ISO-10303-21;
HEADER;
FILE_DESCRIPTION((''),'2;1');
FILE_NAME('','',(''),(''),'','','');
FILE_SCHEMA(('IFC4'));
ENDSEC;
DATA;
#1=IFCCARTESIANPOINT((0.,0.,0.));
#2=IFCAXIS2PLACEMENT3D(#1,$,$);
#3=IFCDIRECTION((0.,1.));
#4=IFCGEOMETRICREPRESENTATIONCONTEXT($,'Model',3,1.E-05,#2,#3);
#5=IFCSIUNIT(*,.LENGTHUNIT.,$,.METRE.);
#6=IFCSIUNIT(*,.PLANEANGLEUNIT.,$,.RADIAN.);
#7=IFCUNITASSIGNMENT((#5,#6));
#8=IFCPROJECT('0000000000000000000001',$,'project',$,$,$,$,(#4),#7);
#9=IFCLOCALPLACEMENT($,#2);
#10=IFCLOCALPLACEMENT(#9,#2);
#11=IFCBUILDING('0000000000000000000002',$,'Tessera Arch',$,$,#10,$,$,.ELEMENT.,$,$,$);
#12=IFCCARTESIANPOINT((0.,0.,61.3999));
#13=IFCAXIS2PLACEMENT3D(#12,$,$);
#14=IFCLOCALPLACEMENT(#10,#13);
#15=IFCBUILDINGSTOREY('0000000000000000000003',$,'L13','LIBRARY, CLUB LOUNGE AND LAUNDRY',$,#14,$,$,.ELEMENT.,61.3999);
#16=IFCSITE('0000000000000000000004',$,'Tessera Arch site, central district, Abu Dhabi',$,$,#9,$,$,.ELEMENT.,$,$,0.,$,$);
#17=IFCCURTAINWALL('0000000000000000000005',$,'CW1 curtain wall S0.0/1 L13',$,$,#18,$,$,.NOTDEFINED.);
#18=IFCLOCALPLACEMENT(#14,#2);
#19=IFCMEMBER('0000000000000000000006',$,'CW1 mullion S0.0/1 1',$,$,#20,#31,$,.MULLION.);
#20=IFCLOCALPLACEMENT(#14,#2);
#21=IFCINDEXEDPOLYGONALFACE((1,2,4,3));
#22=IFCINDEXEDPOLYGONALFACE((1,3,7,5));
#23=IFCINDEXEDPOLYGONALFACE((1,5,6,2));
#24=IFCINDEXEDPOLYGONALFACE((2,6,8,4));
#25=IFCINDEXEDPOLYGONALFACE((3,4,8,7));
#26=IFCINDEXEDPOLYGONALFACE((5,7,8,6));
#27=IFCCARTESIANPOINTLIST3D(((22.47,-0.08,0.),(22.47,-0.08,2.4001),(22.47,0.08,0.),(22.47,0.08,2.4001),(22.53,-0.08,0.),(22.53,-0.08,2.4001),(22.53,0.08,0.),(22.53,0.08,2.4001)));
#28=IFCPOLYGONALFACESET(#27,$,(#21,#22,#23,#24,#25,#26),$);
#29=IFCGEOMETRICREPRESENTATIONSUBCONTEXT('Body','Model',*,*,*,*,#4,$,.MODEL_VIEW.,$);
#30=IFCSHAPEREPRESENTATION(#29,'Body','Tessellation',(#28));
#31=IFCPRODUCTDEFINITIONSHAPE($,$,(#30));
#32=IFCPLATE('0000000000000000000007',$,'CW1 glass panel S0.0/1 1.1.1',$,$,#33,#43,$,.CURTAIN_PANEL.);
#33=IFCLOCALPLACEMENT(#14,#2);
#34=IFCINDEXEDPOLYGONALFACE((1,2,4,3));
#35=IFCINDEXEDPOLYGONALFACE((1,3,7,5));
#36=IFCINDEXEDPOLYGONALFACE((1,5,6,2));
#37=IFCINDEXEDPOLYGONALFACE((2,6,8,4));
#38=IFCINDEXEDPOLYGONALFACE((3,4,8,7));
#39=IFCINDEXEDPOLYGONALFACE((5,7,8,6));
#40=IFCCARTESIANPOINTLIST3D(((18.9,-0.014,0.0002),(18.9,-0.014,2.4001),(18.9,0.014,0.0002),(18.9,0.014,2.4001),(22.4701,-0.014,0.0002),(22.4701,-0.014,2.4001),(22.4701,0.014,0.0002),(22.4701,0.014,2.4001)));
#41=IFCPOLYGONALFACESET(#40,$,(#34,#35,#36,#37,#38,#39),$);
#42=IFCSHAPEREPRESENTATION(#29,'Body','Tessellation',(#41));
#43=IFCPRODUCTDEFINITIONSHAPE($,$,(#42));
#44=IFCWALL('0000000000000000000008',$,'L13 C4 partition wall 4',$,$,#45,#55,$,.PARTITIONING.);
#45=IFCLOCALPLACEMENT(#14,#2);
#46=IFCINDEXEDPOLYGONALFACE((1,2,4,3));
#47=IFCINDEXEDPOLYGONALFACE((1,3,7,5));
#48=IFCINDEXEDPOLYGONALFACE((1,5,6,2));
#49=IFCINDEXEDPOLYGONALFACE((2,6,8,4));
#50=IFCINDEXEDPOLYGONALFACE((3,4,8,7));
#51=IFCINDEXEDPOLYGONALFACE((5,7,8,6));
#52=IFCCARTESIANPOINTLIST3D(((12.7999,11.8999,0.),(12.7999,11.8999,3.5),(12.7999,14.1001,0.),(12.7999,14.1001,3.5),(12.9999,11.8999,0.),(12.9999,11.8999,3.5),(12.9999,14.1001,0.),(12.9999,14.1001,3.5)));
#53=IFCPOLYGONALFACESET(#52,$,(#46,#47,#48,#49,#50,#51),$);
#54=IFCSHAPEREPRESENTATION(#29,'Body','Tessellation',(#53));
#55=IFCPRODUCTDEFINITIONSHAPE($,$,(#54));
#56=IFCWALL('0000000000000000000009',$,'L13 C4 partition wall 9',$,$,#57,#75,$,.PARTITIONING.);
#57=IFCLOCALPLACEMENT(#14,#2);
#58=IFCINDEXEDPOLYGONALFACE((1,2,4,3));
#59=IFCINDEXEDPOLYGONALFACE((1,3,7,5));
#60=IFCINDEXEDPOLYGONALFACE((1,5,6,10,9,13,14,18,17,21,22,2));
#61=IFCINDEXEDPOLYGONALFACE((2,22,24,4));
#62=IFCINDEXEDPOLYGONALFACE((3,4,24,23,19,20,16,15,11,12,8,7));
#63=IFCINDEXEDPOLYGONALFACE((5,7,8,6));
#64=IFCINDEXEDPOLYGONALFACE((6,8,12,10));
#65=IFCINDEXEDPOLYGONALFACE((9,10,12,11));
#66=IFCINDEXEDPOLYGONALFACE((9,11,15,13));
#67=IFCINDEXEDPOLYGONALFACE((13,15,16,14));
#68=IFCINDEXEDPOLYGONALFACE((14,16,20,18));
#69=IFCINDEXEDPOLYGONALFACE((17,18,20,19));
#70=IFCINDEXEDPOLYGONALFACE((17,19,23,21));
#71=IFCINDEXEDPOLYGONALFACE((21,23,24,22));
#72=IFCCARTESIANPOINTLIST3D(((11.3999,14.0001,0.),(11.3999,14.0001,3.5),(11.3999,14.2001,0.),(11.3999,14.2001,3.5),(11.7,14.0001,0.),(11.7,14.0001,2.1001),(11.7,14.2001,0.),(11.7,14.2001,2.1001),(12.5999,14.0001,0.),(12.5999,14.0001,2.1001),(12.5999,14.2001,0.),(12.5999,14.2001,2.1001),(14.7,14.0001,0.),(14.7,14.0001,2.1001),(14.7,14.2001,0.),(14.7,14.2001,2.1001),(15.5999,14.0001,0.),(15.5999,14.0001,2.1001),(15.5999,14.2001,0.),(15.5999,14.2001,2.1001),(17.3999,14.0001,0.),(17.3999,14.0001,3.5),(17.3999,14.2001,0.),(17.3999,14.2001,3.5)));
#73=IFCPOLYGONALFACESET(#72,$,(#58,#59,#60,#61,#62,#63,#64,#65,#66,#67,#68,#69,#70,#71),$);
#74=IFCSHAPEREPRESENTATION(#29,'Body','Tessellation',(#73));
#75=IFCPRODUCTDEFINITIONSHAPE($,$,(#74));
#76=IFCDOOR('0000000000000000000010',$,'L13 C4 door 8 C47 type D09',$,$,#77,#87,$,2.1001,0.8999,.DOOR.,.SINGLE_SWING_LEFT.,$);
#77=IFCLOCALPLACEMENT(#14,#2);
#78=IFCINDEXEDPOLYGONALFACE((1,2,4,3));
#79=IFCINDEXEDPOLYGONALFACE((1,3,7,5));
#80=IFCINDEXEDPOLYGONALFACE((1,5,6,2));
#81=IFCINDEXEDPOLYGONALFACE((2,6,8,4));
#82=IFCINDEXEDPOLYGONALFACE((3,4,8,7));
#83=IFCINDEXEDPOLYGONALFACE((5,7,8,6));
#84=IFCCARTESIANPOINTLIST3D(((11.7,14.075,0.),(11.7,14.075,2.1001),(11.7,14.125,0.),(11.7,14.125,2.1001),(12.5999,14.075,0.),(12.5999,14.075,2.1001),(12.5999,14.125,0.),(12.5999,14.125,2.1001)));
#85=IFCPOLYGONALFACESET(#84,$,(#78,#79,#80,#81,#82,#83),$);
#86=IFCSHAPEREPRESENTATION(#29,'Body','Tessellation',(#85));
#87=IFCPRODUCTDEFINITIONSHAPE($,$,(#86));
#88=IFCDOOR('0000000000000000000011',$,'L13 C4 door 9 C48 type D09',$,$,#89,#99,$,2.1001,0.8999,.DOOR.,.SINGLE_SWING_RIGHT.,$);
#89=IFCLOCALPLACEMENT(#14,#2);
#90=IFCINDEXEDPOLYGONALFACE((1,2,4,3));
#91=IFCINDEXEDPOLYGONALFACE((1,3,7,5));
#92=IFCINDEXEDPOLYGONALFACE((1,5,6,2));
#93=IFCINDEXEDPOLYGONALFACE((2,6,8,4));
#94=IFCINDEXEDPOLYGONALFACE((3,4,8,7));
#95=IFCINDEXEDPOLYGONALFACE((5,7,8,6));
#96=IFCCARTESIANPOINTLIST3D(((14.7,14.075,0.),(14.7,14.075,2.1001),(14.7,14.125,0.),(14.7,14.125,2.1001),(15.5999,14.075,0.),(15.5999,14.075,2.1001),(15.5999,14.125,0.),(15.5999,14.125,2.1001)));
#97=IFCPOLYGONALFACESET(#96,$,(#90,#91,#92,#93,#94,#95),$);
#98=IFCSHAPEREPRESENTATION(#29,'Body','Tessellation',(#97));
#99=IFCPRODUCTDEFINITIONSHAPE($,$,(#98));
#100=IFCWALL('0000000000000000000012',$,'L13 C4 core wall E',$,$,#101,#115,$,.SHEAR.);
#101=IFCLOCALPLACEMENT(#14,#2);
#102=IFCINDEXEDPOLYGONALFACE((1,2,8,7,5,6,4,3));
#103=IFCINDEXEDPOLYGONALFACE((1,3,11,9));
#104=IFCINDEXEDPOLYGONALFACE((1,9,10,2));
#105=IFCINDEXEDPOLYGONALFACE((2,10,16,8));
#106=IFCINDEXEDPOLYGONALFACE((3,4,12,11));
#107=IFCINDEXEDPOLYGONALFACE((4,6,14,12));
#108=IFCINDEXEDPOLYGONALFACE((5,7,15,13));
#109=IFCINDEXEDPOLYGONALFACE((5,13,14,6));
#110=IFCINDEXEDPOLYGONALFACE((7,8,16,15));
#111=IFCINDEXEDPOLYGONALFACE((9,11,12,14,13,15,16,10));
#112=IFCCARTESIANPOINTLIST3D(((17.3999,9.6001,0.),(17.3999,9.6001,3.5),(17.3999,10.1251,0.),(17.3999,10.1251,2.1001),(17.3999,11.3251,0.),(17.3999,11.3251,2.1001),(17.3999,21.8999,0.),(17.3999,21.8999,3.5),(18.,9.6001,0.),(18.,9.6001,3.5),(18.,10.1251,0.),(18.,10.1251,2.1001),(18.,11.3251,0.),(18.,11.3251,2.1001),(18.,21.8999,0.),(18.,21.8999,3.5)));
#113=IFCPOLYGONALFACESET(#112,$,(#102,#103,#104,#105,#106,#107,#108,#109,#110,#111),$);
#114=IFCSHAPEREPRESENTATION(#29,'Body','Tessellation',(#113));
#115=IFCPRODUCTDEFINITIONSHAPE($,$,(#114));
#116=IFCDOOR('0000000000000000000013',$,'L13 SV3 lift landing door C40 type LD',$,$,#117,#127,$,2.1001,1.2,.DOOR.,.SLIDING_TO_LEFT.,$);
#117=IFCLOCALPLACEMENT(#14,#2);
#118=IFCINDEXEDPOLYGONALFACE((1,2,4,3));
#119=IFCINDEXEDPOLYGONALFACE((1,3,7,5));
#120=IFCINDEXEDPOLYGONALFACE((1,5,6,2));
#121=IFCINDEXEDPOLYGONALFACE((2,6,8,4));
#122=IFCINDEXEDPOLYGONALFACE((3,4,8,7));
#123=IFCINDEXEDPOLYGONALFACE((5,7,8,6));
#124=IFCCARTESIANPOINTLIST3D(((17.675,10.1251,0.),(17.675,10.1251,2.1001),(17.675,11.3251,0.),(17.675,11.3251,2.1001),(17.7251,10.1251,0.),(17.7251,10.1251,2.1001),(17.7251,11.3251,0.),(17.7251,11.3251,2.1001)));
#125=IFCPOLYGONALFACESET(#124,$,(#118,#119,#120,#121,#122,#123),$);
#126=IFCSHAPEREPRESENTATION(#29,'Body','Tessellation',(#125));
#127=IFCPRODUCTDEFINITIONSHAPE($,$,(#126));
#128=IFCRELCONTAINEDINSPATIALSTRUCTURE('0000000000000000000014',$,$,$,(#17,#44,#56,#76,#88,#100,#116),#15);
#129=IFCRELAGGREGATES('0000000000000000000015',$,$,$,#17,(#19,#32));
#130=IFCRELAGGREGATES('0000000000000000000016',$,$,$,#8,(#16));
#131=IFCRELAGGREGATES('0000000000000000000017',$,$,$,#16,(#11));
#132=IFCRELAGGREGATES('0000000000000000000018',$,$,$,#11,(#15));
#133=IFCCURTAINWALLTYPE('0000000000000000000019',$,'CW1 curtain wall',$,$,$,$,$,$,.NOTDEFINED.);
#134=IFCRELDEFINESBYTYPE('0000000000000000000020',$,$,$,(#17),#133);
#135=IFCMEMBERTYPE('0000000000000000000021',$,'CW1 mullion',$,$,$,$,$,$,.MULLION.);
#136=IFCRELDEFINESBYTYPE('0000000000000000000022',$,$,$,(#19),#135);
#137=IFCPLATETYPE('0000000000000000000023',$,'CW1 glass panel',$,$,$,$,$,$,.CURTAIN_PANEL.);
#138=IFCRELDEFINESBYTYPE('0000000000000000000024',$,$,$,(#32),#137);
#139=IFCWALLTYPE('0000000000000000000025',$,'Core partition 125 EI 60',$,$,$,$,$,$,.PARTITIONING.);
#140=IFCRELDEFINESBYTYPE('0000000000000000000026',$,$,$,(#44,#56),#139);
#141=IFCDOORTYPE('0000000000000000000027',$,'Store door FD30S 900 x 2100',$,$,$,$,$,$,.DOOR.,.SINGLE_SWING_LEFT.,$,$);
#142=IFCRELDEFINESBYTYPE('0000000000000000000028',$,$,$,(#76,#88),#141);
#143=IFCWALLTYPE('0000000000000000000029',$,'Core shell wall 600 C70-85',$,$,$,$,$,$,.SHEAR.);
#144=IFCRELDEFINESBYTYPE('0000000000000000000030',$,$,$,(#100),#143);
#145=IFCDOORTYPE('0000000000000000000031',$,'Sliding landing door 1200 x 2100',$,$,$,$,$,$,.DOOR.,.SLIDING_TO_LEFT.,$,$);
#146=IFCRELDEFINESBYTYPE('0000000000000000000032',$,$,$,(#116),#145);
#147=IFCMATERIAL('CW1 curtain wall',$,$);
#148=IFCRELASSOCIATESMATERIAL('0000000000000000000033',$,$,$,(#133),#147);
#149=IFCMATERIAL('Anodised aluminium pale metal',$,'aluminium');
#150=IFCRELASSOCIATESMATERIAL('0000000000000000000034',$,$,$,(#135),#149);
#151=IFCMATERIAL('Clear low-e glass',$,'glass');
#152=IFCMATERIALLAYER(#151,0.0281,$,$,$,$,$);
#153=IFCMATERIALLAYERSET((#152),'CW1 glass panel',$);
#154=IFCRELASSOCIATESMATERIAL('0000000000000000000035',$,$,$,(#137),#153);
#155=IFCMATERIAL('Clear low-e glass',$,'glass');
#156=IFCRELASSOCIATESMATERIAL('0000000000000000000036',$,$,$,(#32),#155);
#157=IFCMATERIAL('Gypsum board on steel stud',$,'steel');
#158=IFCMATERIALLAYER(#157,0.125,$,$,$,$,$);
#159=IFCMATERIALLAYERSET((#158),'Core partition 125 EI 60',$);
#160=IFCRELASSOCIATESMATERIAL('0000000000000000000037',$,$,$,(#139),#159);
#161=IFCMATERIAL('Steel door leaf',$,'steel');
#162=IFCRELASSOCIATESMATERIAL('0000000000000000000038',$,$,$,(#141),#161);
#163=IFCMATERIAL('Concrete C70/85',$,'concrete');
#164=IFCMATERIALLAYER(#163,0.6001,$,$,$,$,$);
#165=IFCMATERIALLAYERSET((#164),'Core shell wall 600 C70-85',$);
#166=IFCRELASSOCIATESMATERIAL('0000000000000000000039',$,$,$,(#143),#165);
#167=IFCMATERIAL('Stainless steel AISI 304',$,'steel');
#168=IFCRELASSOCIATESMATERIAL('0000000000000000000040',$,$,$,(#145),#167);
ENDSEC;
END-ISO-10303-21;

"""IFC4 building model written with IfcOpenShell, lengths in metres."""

from ifc_helpers import new_model, si_unit, direction, frame, frame_2d, origin, origin_2d, place, context, subcontext, project, spatial, rectangle, extrude, material, layer, layer_set, material_profile, profile_set, type_object, element, fill, aggregate, save


model = new_model("IFC4")

# Units and contexts
model_context = context("Model", 3, precision=1e-05, world=origin(), true_north=direction((0.0, 1.0)))
body_context = subcontext(model_context, "Body", "Model", "MODEL_VIEW")
ifc_project = project(units=[si_unit("LENGTHUNIT", "METRE"), si_unit("PLANEANGLEUNIT", "RADIAN")], contexts=[model_context])

# Site, building, storey
site_placement = place(None, origin())
site = spatial("IfcSite", under=ifc_project, at=site_placement, Name="Tessera Arch site, central district, Abu Dhabi", CompositionType="ELEMENT", RefElevation=0.0)
building_placement = place(site_placement, origin())
building = spatial("IfcBuilding", under=site, at=building_placement, Name="Tessera Arch", CompositionType="ELEMENT")
storey_placement = place(building_placement, frame((0.0, 0.0, 61.3999)))
storey = spatial("IfcBuildingStorey", under=building, at=storey_placement, Name="L13", Description="LIBRARY, CLUB LOUNGE AND LAUNDRY", CompositionType="ELEMENT", Elevation=61.3999)

# Curtain wall, member, plate
ifc_material_1 = material(Name="CW1 curtain wall")
curtain_wall_type = type_object("IfcCurtainWallType", Name="CW1 curtain wall", PredefinedType="NOTDEFINED", material=ifc_material_1)
curtain_wall_placement = place(storey_placement, origin())
curtain_wall = element("IfcCurtainWall", 1, at=curtain_wall_placement, inside=storey, type_object=curtain_wall_type, Name="CW1 curtain wall S0.0/1 L13", PredefinedType="NOTDEFINED")
ifc_material_2 = material(Name="Anodised aluminium pale metal", Category="aluminium")
ifc_material_profile = material_profile(ifc_material_2, rectangle(XDim=0.1599, YDim=0.0601, at=origin_2d()), Name="AL 60x160")
ifc_profile_set = profile_set([ifc_material_profile], Name="Anodised aluminium pale metal")
member_type = type_object("IfcMemberType", Name="CW1 mullion", PredefinedType="MULLION", material=ifc_profile_set)
member_placement = place(storey_placement, frame((22.5, 0.0, 0.0), z_axis=(0.0, 0.0, 1.0), x_axis=(0.0, 1.0, 0.0)))
member = element("IfcMember", 2, at=member_placement, type_object=member_type, Name="CW1 mullion S0.0/1 1", PredefinedType="MULLION", context=body_context, shape_type="SweptSolid", body=[
    extrude(rectangle(XDim=0.1599, YDim=0.0601, at=origin_2d()), origin(), (0.0, 0.0, 1.0), 2.4001),
])
ifc_material_3 = material(Name="Clear low-e glass", Category="glass")
ifc_material_4 = material(Name="Clear low-e glass", Category="glass")
ifc_layer_1 = layer(ifc_material_4, 0.0281)
ifc_layer_set_1 = layer_set([ifc_layer_1], Name="CW1 glass panel")
plate_type = type_object("IfcPlateType", Name="CW1 glass panel", PredefinedType="CURTAIN_PANEL", material=ifc_layer_set_1)
plate_placement = place(storey_placement, frame((20.6851, 0.0, 0.0002), z_axis=(0.0, 0.0, 1.0), x_axis=(1.0, 0.0, 0.0)))
plate = element("IfcPlate", 3, at=plate_placement, type_object=plate_type, material=ifc_material_3, Name="CW1 glass panel S0.0/1 1.1.1", PredefinedType="CURTAIN_PANEL", context=body_context, shape_type="SweptSolid", body=[
    extrude(rectangle(XDim=3.5701, YDim=0.0281, at=origin_2d()), origin(), (0.0, 0.0, 1.0), 2.3999),
])
aggregate(curtain_wall, [member, plate])

# Wall
ifc_material_5 = material(Name="Gypsum board on steel stud", Category="steel")
ifc_layer_2 = layer(ifc_material_5, 0.125)
ifc_layer_set_2 = layer_set([ifc_layer_2], Name="Core partition 125 EI 60")
wall_type_1 = type_object("IfcWallType", Name="Core partition 125 EI 60", PredefinedType="PARTITIONING", material=ifc_layer_set_2)
wall_1_placement = place(storey_placement, frame((12.8999, 11.8999, 0.0), z_axis=(0.0, 0.0, 1.0), x_axis=(0.0, 1.0, 0.0)))
element("IfcWall", 4, at=wall_1_placement, inside=storey, type_object=wall_type_1, Name="L13 C4 partition wall 4", PredefinedType="PARTITIONING", context=body_context, shape_type="SweptSolid", body=[
    extrude(rectangle(XDim=2.2002, YDim=0.2, at=frame_2d((1.1001, 0.0))), origin(), (0.0, 0.0, 1.0), 3.5),
])

# Wall, openings, doors
wall_2_placement = place(storey_placement, frame((11.3999, 14.1001, 0.0), z_axis=(0.0, 0.0, 1.0), x_axis=(1.0, 0.0, 0.0)))
wall_2 = element("IfcWall", 5, at=wall_2_placement, inside=storey, type_object=wall_type_1, Name="L13 C4 partition wall 9", PredefinedType="PARTITIONING", context=body_context, shape_type="SweptSolid", body=[
    extrude(rectangle(XDim=6.0, YDim=0.2, at=frame_2d((3.0, 0.0))), origin(), (0.0, 0.0, 1.0), 3.5),
])
opening_1_placement = place(wall_2_placement, frame((0.3, 0.0, 0.0)))
opening_1 = element("IfcOpeningElement", 6, at=opening_1_placement, cuts=wall_2, PredefinedType="OPENING", context=body_context, shape_type="SweptSolid", body=[
    extrude(rectangle(XDim=0.8999, YDim=2.1001, at=frame_2d((0.45, 1.05))), frame((0.0, 0.1099, 0.0), z_axis=(0.0, -1.0, 0.0), x_axis=(1.0, 0.0, 0.0)), (0.0, 0.0, 1.0), 0.22),
])
opening_2_placement = place(wall_2_placement, frame((3.3, 0.0, 0.0)))
opening_2 = element("IfcOpeningElement", 7, at=opening_2_placement, cuts=wall_2, PredefinedType="OPENING", context=body_context, shape_type="SweptSolid", body=[
    extrude(rectangle(XDim=0.8999, YDim=2.1001, at=frame_2d((0.45, 1.05))), frame((0.0, 0.1099, 0.0), z_axis=(0.0, -1.0, 0.0), x_axis=(1.0, 0.0, 0.0)), (0.0, 0.0, 1.0), 0.22),
])
ifc_material_6 = material(Name="Steel door leaf", Category="steel")
door_type_1 = type_object("IfcDoorType", Name="Store door FD30S 900 x 2100", OperationType="SINGLE_SWING_LEFT", PredefinedType="DOOR", material=ifc_material_6)
door_1_placement = place(opening_1_placement, origin())
door_1 = element("IfcDoor", 8, at=door_1_placement, inside=storey, type_object=door_type_1, Name="L13 C4 door 8 C47 type D09", OperationType="SINGLE_SWING_LEFT", OverallHeight=2.1001, OverallWidth=0.8999, PredefinedType="DOOR", context=body_context, shape_type="SweptSolid", body=[
    extrude(rectangle(XDim=0.8999, YDim=2.1001, at=frame_2d((0.45, 1.05))), frame((0.0, 0.0249, 0.0), z_axis=(0.0, -1.0, 0.0), x_axis=(1.0, 0.0, 0.0)), (0.0, 0.0, 1.0), 0.05),
])
fill(opening_1, door_1)
door_2_placement = place(opening_2_placement, origin())
door_2 = element("IfcDoor", 9, at=door_2_placement, inside=storey, type_object=door_type_1, Name="L13 C4 door 9 C48 type D09", OperationType="SINGLE_SWING_RIGHT", OverallHeight=2.1001, OverallWidth=0.8999, PredefinedType="DOOR", context=body_context, shape_type="SweptSolid", body=[
    extrude(rectangle(XDim=0.8999, YDim=2.1001, at=frame_2d((0.45, 1.05))), frame((0.0, 0.0249, 0.0), z_axis=(0.0, -1.0, 0.0), x_axis=(1.0, 0.0, 0.0)), (0.0, 0.0, 1.0), 0.05),
])
fill(opening_2, door_2)

# Wall, opening, door
ifc_material_7 = material(Name="Concrete C70/85", Category="concrete")
ifc_layer_3 = layer(ifc_material_7, 0.6001)
ifc_layer_set_3 = layer_set([ifc_layer_3], Name="Core shell wall 600 C70-85")
wall_type_2 = type_object("IfcWallType", Name="Core shell wall 600 C70-85", PredefinedType="SHEAR", material=ifc_layer_set_3)
wall_3_placement = place(storey_placement, frame((17.7, 9.6001, 0.0), z_axis=(0.0, 0.0, 1.0), x_axis=(0.0, 1.0, 0.0)))
wall_3 = element("IfcWall", 10, at=wall_3_placement, inside=storey, type_object=wall_type_2, Name="L13 C4 core wall E", PredefinedType="SHEAR", context=body_context, shape_type="SweptSolid", body=[
    extrude(rectangle(XDim=12.2998, YDim=0.6001, at=frame_2d((6.1499, 0.0))), origin(), (0.0, 0.0, 1.0), 3.5),
])
opening_3_placement = place(wall_3_placement, frame((0.5249, 0.0, 0.0)))
opening_3 = element("IfcOpeningElement", 11, at=opening_3_placement, cuts=wall_3, PredefinedType="OPENING", context=body_context, shape_type="SweptSolid", body=[
    extrude(rectangle(XDim=1.2, YDim=2.1001, at=frame_2d((0.6001, 1.05))), frame((0.0, 0.3101, 0.0), z_axis=(0.0, -1.0, 0.0), x_axis=(1.0, 0.0, 0.0)), (0.0, 0.0, 1.0), 0.6201),
])
ifc_material_8 = material(Name="Stainless steel AISI 304", Category="steel")
door_type_2 = type_object("IfcDoorType", Name="Sliding landing door 1200 x 2100", OperationType="SLIDING_TO_LEFT", PredefinedType="DOOR", material=ifc_material_8)
door_3_placement = place(opening_3_placement, origin())
door_3 = element("IfcDoor", 12, at=door_3_placement, inside=storey, type_object=door_type_2, Name="L13 SV3 lift landing door C40 type LD", OperationType="SLIDING_TO_LEFT", OverallHeight=2.1001, OverallWidth=1.2, PredefinedType="DOOR", context=body_context, shape_type="SweptSolid", body=[
    extrude(rectangle(XDim=1.2, YDim=2.1001, at=frame_2d((0.6001, 1.05))), frame((0.0, 0.0249, 0.0), z_axis=(0.0, -1.0, 0.0), x_axis=(1.0, 0.0, 0.0)), (0.0, 0.0, 1.0), 0.05),
])
fill(opening_3, door_3)

save(model, "model.ifc")
